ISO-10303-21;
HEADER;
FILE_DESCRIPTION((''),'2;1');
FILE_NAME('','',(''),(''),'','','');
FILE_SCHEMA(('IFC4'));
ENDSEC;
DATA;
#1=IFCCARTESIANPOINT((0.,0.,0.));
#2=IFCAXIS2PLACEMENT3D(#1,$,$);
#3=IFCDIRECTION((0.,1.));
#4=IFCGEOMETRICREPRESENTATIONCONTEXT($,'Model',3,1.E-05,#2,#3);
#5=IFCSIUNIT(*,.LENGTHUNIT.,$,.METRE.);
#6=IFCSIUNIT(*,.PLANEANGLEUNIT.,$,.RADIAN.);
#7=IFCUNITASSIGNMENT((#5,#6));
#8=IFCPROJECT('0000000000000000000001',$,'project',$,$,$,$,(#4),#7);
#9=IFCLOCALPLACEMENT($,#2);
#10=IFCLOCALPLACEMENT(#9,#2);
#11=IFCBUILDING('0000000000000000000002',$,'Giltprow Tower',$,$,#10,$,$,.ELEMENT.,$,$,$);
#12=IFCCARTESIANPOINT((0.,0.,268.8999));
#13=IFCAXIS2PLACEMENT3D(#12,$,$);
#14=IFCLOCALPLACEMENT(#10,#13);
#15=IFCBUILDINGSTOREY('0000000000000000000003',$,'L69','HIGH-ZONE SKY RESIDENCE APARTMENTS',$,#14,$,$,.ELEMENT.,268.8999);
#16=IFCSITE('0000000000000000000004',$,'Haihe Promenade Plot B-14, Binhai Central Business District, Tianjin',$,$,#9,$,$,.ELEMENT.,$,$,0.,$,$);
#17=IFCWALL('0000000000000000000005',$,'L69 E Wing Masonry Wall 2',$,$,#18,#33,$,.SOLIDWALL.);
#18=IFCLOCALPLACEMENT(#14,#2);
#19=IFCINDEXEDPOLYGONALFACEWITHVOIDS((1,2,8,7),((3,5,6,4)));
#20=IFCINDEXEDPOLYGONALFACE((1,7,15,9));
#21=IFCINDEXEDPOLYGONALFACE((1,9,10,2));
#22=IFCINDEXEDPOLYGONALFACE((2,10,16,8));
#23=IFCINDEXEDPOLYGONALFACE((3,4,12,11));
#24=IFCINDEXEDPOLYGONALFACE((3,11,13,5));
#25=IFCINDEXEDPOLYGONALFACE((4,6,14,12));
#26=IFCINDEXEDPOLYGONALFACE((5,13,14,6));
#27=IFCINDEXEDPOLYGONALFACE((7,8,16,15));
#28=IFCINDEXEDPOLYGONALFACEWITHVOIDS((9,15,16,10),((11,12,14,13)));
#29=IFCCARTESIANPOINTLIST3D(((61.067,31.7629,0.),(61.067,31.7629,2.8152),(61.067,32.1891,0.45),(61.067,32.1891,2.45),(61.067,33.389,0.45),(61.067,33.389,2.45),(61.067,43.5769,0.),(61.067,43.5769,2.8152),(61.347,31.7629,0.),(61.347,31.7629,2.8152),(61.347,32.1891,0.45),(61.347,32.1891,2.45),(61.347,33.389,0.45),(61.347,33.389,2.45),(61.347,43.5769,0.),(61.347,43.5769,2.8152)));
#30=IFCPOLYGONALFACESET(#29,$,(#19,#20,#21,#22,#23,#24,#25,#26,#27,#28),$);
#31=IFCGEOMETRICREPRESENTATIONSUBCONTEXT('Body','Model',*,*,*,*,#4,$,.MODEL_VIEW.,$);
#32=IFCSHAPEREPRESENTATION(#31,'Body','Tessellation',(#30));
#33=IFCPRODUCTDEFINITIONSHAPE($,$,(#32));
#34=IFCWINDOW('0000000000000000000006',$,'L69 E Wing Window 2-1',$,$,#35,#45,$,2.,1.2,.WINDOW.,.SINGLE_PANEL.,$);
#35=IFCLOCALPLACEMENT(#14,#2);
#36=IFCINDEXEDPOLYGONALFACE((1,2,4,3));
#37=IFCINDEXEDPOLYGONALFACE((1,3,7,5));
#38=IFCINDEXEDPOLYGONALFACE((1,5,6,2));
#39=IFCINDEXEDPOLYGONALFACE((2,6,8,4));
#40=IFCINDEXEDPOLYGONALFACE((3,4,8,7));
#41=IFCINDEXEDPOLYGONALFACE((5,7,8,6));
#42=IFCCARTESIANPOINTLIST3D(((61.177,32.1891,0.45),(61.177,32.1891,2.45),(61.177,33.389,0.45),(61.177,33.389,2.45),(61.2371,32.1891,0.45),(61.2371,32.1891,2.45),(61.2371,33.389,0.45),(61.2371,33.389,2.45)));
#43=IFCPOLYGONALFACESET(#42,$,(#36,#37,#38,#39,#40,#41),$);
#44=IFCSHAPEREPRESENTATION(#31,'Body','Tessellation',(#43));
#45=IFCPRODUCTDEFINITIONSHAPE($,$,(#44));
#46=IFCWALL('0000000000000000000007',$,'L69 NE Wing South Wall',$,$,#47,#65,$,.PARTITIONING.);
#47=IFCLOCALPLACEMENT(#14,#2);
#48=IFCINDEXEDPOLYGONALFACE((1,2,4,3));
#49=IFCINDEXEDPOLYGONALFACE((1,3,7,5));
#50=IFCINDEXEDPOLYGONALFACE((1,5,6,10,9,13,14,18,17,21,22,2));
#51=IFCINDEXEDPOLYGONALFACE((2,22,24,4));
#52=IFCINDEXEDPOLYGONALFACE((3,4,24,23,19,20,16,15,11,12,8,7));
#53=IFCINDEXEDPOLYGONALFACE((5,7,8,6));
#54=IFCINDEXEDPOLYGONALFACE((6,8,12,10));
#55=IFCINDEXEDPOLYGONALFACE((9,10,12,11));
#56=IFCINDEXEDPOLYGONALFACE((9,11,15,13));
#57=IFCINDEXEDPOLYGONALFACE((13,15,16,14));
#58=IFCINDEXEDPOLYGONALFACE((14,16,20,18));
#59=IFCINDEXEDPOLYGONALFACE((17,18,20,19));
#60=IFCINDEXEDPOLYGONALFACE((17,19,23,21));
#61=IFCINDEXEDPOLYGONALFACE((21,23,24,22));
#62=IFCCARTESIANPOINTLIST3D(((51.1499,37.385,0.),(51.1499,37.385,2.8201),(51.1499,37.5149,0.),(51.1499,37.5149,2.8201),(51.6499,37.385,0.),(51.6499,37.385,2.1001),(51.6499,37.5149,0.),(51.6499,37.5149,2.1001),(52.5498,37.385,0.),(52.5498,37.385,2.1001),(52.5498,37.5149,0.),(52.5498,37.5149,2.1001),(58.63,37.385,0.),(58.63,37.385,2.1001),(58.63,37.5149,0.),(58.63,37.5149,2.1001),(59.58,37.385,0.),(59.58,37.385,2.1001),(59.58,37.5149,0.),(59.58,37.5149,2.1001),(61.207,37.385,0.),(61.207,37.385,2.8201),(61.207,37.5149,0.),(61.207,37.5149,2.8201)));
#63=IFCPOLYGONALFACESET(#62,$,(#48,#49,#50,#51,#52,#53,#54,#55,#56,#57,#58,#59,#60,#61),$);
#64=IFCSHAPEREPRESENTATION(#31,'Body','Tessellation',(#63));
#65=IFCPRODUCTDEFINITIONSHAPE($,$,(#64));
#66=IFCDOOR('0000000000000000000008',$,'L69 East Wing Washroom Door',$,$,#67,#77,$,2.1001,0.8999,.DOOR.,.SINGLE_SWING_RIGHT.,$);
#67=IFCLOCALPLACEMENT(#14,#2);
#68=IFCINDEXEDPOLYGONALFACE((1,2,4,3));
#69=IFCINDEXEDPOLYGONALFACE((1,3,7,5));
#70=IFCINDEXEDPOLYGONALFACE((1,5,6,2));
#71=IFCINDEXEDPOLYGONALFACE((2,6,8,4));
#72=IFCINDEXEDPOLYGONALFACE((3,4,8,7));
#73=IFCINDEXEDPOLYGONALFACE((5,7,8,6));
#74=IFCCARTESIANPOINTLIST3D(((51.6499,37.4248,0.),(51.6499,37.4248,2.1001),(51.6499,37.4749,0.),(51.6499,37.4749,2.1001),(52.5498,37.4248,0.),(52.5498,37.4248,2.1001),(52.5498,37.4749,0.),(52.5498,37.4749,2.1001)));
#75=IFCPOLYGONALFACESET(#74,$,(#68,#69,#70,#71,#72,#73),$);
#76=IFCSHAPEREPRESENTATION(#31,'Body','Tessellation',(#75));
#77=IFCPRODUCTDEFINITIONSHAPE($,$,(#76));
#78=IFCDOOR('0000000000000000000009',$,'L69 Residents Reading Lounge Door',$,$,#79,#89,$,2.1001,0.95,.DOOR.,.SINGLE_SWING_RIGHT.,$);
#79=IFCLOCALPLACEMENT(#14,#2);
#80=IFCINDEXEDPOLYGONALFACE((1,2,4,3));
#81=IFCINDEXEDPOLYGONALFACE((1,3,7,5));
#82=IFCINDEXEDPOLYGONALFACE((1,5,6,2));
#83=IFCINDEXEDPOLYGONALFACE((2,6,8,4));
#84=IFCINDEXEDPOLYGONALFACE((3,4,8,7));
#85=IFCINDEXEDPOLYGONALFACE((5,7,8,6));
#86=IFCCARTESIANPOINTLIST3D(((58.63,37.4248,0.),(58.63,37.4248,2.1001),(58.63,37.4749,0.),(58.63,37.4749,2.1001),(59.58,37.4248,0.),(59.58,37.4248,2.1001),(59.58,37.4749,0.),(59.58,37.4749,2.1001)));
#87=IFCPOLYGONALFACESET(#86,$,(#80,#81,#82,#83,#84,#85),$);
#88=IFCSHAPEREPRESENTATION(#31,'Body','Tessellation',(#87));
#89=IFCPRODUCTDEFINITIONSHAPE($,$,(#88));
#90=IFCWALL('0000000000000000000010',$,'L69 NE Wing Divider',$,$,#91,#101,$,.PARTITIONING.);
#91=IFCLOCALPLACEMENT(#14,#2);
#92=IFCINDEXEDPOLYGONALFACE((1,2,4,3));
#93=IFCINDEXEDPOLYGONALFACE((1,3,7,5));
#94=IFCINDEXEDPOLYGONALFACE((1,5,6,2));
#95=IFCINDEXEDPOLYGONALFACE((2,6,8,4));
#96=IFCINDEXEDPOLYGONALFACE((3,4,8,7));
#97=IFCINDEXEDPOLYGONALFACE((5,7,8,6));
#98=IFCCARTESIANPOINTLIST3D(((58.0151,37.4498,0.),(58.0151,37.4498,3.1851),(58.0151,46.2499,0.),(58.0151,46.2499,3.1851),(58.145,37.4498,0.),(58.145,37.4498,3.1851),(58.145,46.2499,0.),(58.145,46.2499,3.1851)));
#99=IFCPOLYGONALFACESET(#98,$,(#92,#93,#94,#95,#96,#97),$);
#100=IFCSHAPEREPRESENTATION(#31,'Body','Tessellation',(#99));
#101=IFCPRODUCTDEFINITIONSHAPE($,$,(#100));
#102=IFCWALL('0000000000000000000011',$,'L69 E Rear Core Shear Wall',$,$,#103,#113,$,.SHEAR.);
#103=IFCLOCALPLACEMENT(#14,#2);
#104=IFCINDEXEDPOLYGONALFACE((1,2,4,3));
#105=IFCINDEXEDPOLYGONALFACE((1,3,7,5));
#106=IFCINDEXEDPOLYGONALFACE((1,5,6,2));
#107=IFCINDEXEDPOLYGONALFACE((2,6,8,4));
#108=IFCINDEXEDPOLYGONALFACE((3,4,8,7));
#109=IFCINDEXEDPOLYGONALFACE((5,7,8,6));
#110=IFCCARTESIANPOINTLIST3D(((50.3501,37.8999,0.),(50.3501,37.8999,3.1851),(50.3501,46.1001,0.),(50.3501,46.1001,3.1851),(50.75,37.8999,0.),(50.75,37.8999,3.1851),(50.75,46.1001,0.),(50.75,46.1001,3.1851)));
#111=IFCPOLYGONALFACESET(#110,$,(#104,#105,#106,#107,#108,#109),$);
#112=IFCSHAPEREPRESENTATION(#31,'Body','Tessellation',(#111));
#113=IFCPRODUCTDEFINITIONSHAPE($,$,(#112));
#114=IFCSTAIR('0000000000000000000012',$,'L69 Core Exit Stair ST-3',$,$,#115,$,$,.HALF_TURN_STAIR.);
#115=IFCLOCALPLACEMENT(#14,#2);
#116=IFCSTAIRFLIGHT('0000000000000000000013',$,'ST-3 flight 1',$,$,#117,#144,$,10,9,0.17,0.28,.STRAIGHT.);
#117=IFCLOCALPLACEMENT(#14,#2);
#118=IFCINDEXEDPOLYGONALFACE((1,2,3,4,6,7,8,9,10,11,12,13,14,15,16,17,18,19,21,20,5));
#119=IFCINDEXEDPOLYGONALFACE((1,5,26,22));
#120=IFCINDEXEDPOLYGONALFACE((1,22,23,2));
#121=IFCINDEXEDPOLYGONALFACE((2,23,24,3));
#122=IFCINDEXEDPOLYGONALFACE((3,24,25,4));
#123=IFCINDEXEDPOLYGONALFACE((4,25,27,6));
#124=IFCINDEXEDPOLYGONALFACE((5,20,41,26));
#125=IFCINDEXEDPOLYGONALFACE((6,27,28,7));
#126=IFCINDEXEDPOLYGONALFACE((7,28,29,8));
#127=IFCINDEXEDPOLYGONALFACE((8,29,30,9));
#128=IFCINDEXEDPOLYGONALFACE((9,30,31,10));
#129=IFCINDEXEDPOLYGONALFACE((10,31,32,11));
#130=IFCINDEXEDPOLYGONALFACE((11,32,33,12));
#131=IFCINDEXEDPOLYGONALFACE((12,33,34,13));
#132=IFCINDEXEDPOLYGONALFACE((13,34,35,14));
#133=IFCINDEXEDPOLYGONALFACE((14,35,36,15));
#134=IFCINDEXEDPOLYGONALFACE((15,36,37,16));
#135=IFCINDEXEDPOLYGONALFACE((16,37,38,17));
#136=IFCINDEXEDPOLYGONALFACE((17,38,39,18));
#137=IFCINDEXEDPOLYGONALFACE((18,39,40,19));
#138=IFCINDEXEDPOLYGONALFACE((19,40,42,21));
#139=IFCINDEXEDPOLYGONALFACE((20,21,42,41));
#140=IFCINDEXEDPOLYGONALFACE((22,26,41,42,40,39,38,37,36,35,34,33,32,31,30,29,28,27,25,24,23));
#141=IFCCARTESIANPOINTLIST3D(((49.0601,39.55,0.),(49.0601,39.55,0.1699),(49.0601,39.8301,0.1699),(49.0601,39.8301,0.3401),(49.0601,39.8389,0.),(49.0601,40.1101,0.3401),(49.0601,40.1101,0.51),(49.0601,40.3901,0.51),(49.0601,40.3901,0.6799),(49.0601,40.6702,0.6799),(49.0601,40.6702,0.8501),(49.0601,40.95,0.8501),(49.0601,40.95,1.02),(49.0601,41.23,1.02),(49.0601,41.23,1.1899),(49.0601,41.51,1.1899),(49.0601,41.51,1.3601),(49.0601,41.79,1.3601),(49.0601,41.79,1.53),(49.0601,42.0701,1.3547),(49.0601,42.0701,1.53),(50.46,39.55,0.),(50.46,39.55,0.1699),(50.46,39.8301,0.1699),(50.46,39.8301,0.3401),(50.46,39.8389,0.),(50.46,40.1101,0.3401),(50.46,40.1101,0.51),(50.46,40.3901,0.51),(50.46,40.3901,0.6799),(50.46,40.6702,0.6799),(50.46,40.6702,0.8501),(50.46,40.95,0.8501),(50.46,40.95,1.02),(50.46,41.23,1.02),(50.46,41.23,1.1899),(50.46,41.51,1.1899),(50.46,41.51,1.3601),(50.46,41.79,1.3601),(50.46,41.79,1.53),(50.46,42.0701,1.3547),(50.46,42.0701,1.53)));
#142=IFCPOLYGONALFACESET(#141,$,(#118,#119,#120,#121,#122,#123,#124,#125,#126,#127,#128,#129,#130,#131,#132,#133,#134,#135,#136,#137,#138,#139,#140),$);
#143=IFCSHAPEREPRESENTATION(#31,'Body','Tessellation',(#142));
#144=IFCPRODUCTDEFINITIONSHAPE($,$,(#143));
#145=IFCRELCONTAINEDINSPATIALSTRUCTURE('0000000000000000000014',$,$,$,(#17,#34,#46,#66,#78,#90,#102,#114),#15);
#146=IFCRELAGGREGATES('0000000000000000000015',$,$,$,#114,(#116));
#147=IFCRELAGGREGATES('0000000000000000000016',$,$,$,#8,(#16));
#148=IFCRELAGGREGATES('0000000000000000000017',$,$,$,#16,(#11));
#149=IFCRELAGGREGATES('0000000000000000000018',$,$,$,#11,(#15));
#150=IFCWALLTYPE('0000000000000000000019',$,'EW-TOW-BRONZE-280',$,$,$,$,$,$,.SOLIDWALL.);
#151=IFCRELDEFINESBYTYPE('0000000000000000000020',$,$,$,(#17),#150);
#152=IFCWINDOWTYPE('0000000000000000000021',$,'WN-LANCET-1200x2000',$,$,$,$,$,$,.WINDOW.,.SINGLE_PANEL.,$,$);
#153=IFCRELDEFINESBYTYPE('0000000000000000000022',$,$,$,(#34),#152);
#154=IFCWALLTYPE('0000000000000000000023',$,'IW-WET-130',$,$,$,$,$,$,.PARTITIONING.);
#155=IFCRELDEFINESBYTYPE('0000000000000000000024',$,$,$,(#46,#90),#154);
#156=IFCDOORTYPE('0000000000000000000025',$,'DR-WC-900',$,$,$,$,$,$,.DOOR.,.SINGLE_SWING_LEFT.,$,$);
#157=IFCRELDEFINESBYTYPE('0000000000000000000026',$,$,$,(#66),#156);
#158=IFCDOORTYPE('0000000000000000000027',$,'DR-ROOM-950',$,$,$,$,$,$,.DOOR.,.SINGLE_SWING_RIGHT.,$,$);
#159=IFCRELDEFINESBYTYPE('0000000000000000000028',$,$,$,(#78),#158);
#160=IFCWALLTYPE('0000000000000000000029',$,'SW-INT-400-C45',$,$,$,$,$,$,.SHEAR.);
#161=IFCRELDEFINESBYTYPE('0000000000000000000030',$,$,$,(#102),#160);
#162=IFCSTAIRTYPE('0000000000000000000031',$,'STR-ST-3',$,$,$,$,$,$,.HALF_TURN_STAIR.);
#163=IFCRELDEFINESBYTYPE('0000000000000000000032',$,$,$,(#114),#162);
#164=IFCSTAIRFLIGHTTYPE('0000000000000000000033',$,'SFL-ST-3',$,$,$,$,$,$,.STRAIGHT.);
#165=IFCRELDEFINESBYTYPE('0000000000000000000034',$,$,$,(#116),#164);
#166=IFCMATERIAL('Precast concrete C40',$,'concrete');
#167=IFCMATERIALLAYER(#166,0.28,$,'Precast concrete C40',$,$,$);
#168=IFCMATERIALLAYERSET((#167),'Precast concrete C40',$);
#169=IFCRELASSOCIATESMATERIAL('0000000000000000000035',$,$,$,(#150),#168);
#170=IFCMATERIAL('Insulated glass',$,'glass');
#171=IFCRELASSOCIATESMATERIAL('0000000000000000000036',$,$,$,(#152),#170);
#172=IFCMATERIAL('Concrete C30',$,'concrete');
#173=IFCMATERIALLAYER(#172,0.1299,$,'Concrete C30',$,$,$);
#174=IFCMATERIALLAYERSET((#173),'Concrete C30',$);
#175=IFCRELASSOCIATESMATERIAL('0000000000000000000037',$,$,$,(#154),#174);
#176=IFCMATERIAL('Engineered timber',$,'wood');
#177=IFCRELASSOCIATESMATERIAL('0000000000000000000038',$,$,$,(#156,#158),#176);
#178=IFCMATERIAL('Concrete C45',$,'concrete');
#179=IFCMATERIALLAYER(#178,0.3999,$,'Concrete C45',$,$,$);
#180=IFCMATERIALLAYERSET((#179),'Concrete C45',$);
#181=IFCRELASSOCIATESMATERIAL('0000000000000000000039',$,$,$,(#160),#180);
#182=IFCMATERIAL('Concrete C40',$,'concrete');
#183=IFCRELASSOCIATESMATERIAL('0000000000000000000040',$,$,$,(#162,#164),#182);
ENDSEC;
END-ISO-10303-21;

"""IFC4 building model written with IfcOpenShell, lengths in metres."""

from ifc_helpers import new_model, si_unit, direction, frame, frame_2d, origin, place, context, subcontext, project, spatial, polyline, rectangle, outline, extrude, source, transform, mapped, material, layer, layer_set, type_object, element, fill, aggregate, save


model = new_model("IFC4")

# Units and contexts
model_context = context("Model", 3, precision=1e-05, world=origin(), true_north=direction((0.0, 1.0)))
body_context = subcontext(model_context, "Body", "Model", "MODEL_VIEW")
ifc_project = project(units=[si_unit("LENGTHUNIT", "METRE"), si_unit("PLANEANGLEUNIT", "RADIAN")], contexts=[model_context])

# Site, building, storey
site_placement = place(None, origin())
site = spatial("IfcSite", under=ifc_project, at=site_placement, Name="Haihe Promenade Plot B-14, Binhai Central Business District, Tianjin", CompositionType="ELEMENT", RefElevation=0.0)
building_placement = place(site_placement, origin())
building = spatial("IfcBuilding", under=site, at=building_placement, Name="Giltprow Tower", CompositionType="ELEMENT")
storey_placement = place(building_placement, frame((0.0, 0.0, 268.8999)))
storey = spatial("IfcBuildingStorey", under=building, at=storey_placement, Name="L69", Description="HIGH-ZONE SKY RESIDENCE APARTMENTS", CompositionType="ELEMENT", Elevation=268.8999)

# Shared definitions
ifc_material_1 = material(Name="Concrete C45", Category="concrete")

# Wall, opening, window
ifc_material_2 = material(Name="Precast concrete C40", Category="concrete")
ifc_layer_1 = layer(ifc_material_2, 0.28, Name="Precast concrete C40")
ifc_layer_set_1 = layer_set([ifc_layer_1], Name="Precast concrete C40")
wall_type_1 = type_object("IfcWallType", Name="EW-TOW-BRONZE-280", PredefinedType="SOLIDWALL", material=ifc_layer_set_1)
wall_1_placement = place(storey_placement, frame((61.207, 31.7629, 0.0), z_axis=(0.0, 0.0, 1.0), x_axis=(0.0, 1.0, 0.0)))
wall_1 = element("IfcWall", 1, at=wall_1_placement, inside=storey, type_object=wall_type_1, Name="L69 E Wing Masonry Wall 2", PredefinedType="SOLIDWALL", context=body_context, shape_type="SweptSolid", body=[
    extrude(rectangle(XDim=11.814, YDim=0.28, at=frame_2d((5.907, 0.0))), origin(), (0.0, 0.0, 1.0), 2.8152),
])
opening_1_placement = place(wall_1_placement, frame((0.426, 0.0, 0.45)))
opening_1 = element("IfcOpeningElement", 2, at=opening_1_placement, cuts=wall_1, PredefinedType="OPENING", context=body_context, shape_type="SweptSolid", body=[
    extrude(rectangle(XDim=1.2, YDim=2.0, at=frame_2d((0.6001, 1.0))), frame((0.0, 0.1499, 0.0), z_axis=(0.0, -1.0, 0.0), x_axis=(1.0, 0.0, 0.0)), (0.0, 0.0, 1.0), 0.3),
])
ifc_material_3 = material(Name="Insulated glass", Category="glass")
window_type = type_object("IfcWindowType", Name="WN-LANCET-1200x2000", PartitioningType="SINGLE_PANEL", PredefinedType="WINDOW", material=ifc_material_3)
shared_shape_1 = source(origin(), body_context, "Body", "SweptSolid", [
    extrude(rectangle(XDim=1.2, YDim=2.0, at=frame_2d((0.6001, 1.0))), frame((0.0, 0.03, 0.0), z_axis=(0.0, -1.0, 0.0), x_axis=(1.0, 0.0, 0.0)), (0.0, 0.0, 1.0), 0.0601),
])
window_placement = place(opening_1_placement, origin())
window = element("IfcWindow", 3, at=window_placement, inside=storey, type_object=window_type, Name="L69 E Wing Window 2-1", OverallHeight=2.0, OverallWidth=1.2, PartitioningType="SINGLE_PANEL", PredefinedType="WINDOW", context=body_context, shape_type="MappedRepresentation", body=[
    mapped(shared_shape_1, transform((0.0, 0.0, 0.0), x_axis=(1.0, 0.0, 0.0), y_axis=(0.0, 1.0, 0.0), z_axis=(0.0, 0.0, 1.0), scale=1.0)),
])
fill(opening_1, window)

# Wall, openings, doors
ifc_material_4 = material(Name="Concrete C30", Category="concrete")
ifc_layer_2 = layer(ifc_material_4, 0.1299, Name="Concrete C30")
ifc_layer_set_2 = layer_set([ifc_layer_2], Name="Concrete C30")
wall_type_2 = type_object("IfcWallType", Name="IW-WET-130", PredefinedType="PARTITIONING", material=ifc_layer_set_2)
wall_2_placement = place(storey_placement, frame((51.1499, 37.45, 0.0), z_axis=(0.0, 0.0, 1.0), x_axis=(1.0, 0.0, 0.0)))
wall_2 = element("IfcWall", 4, at=wall_2_placement, inside=storey, type_object=wall_type_2, Name="L69 NE Wing South Wall", PredefinedType="PARTITIONING", context=body_context, shape_type="SweptSolid", body=[
    extrude(rectangle(XDim=10.0571, YDim=0.1299, at=frame_2d((5.0286, 0.0))), origin(), (0.0, 0.0, 1.0), 2.8201),
])
opening_2_placement = place(wall_2_placement, frame((0.5, 0.0, 0.0)))
opening_2 = element("IfcOpeningElement", 5, at=opening_2_placement, cuts=wall_2, PredefinedType="OPENING", context=body_context, shape_type="SweptSolid", body=[
    extrude(rectangle(XDim=0.8999, YDim=2.1001, at=frame_2d((0.45, 1.05))), frame((0.0, 0.075, 0.0), z_axis=(0.0, -1.0, 0.0), x_axis=(1.0, 0.0, 0.0)), (0.0, 0.0, 1.0), 0.1499),
])
opening_3_placement = place(wall_2_placement, frame((7.48, 0.0, 0.0)))
opening_3 = element("IfcOpeningElement", 6, at=opening_3_placement, cuts=wall_2, PredefinedType="OPENING", context=body_context, shape_type="SweptSolid", body=[
    extrude(rectangle(XDim=0.95, YDim=2.1001, at=frame_2d((0.4751, 1.05))), frame((0.0, 0.075, 0.0), z_axis=(0.0, -1.0, 0.0), x_axis=(1.0, 0.0, 0.0)), (0.0, 0.0, 1.0), 0.1499),
])
ifc_material_5 = material(Name="Engineered timber", Category="wood")
door_type_1 = type_object("IfcDoorType", Name="DR-WC-900", OperationType="SINGLE_SWING_LEFT", PredefinedType="DOOR", material=ifc_material_5)
shared_shape_2 = source(origin(), body_context, "Body", "SweptSolid", [
    extrude(rectangle(XDim=0.8999, YDim=2.1001, at=frame_2d((0.45, 1.05))), frame((0.0, 0.0249, 0.0), z_axis=(0.0, -1.0, 0.0), x_axis=(1.0, 0.0, 0.0)), (0.0, 0.0, 1.0), 0.05),
])
door_1_placement = place(opening_2_placement, origin())
door_1 = element("IfcDoor", 7, at=door_1_placement, inside=storey, type_object=door_type_1, Name="L69 East Wing Washroom Door", OperationType="SINGLE_SWING_RIGHT", OverallHeight=2.1001, OverallWidth=0.8999, PredefinedType="DOOR", context=body_context, shape_type="MappedRepresentation", body=[
    mapped(shared_shape_2, transform((0.0, 0.0, 0.0), x_axis=(1.0, 0.0, 0.0), y_axis=(0.0, 1.0, 0.0), z_axis=(0.0, 0.0, 1.0), scale=1.0)),
])
fill(opening_2, door_1)
door_type_2 = type_object("IfcDoorType", Name="DR-ROOM-950", OperationType="SINGLE_SWING_RIGHT", PredefinedType="DOOR", material=ifc_material_5)
shared_shape_3 = source(origin(), body_context, "Body", "SweptSolid", [
    extrude(rectangle(XDim=0.95, YDim=2.1001, at=frame_2d((0.4751, 1.05))), frame((0.0, 0.0249, 0.0), z_axis=(0.0, -1.0, 0.0), x_axis=(1.0, 0.0, 0.0)), (0.0, 0.0, 1.0), 0.05),
])
door_2_placement = place(opening_3_placement, origin())
door_2 = element("IfcDoor", 8, at=door_2_placement, inside=storey, type_object=door_type_2, Name="L69 Residents Reading Lounge Door", OperationType="SINGLE_SWING_RIGHT", OverallHeight=2.1001, OverallWidth=0.95, PredefinedType="DOOR", context=body_context, shape_type="MappedRepresentation", body=[
    mapped(shared_shape_3, transform((0.0, 0.0, 0.0), x_axis=(1.0, 0.0, 0.0), y_axis=(0.0, 1.0, 0.0), z_axis=(0.0, 0.0, 1.0), scale=1.0)),
])
fill(opening_3, door_2)

# Walls
wall_3_placement = place(storey_placement, frame((58.0801, 37.45, 0.0), z_axis=(0.0, 0.0, 1.0), x_axis=(0.0, 1.0, 0.0)))
element("IfcWall", 9, at=wall_3_placement, inside=storey, type_object=wall_type_2, Name="L69 NE Wing Divider", PredefinedType="PARTITIONING", context=body_context, shape_type="SweptSolid", body=[
    extrude(rectangle(XDim=8.8, YDim=0.1299, at=frame_2d((4.3999, 0.0))), origin(), (0.0, 0.0, 1.0), 3.1851),
])
ifc_layer_3 = layer(ifc_material_1, 0.3999, Name="Concrete C45")
ifc_layer_set_3 = layer_set([ifc_layer_3], Name="Concrete C45")
wall_type_3 = type_object("IfcWallType", Name="SW-INT-400-C45", PredefinedType="SHEAR", material=ifc_layer_set_3)
wall_4_placement = place(storey_placement, frame((50.55, 37.8999, 0.0), z_axis=(0.0, 0.0, 1.0), x_axis=(0.0, 1.0, 0.0)))
element("IfcWall", 10, at=wall_4_placement, inside=storey, type_object=wall_type_3, Name="L69 E Rear Core Shear Wall", PredefinedType="SHEAR", context=body_context, shape_type="SweptSolid", body=[
    extrude(rectangle(XDim=8.2002, YDim=0.3999, at=frame_2d((4.1001, 0.0))), origin(), (0.0, 0.0, 1.0), 3.1851),
])

# Stair, stair flight
ifc_material_6 = material(Name="Concrete C40", Category="concrete")
stair_type = type_object("IfcStairType", Name="STR-ST-3", PredefinedType="HALF_TURN_STAIR", material=ifc_material_6)
stair_placement = place(storey_placement, origin())
stair = element("IfcStair", 11, at=stair_placement, inside=storey, type_object=stair_type, Name="L69 Core Exit Stair ST-3", PredefinedType="HALF_TURN_STAIR")
stair_flight_type = type_object("IfcStairFlightType", Name="SFL-ST-3", PredefinedType="STRAIGHT", material=ifc_material_6)
stair_flight_placement = place(storey_placement, frame((49.76, 39.55, 0.0), z_axis=(0.0, 0.0, 1.0), x_axis=(0.0, 1.0, 0.0)))
stair_flight = element("IfcStairFlight", 12, at=stair_flight_placement, type_object=stair_flight_type, Name="ST-3 flight 1", NumberOfRisers=10, NumberOfTreads=9, PredefinedType="STRAIGHT", RiserHeight=0.17, TreadLength=0.28, context=body_context, shape_type="SweptSolid", body=[
    extrude(outline(polyline([(0.0, 0.0), (0.0, 0.1699), (0.28, 0.1699), (0.28, 0.3401), (0.5601, 0.3401), (0.5601, 0.51), (0.8401, 0.51), (0.8401, 0.6799), (1.1201, 0.6799), (1.1201, 0.8501), (1.3999, 0.8501), (1.3999, 1.02), (1.6799, 1.02), (1.6799, 1.1899), (1.96, 1.1899), (1.96, 1.3601), (2.24, 1.3601), (2.24, 1.53), (2.52, 1.53), (2.52, 1.7), (2.52, 1.3547), (0.2888, 0.0), (0.0, 0.0)])), frame((0.0, 0.7, 0.0), z_axis=(0.0, -1.0, 0.0), x_axis=(1.0, 0.0, 0.0)), (0.0, 0.0, 1.0), 1.3999),
])
aggregate(stair, [stair_flight])

save(model, "model.ifc")
